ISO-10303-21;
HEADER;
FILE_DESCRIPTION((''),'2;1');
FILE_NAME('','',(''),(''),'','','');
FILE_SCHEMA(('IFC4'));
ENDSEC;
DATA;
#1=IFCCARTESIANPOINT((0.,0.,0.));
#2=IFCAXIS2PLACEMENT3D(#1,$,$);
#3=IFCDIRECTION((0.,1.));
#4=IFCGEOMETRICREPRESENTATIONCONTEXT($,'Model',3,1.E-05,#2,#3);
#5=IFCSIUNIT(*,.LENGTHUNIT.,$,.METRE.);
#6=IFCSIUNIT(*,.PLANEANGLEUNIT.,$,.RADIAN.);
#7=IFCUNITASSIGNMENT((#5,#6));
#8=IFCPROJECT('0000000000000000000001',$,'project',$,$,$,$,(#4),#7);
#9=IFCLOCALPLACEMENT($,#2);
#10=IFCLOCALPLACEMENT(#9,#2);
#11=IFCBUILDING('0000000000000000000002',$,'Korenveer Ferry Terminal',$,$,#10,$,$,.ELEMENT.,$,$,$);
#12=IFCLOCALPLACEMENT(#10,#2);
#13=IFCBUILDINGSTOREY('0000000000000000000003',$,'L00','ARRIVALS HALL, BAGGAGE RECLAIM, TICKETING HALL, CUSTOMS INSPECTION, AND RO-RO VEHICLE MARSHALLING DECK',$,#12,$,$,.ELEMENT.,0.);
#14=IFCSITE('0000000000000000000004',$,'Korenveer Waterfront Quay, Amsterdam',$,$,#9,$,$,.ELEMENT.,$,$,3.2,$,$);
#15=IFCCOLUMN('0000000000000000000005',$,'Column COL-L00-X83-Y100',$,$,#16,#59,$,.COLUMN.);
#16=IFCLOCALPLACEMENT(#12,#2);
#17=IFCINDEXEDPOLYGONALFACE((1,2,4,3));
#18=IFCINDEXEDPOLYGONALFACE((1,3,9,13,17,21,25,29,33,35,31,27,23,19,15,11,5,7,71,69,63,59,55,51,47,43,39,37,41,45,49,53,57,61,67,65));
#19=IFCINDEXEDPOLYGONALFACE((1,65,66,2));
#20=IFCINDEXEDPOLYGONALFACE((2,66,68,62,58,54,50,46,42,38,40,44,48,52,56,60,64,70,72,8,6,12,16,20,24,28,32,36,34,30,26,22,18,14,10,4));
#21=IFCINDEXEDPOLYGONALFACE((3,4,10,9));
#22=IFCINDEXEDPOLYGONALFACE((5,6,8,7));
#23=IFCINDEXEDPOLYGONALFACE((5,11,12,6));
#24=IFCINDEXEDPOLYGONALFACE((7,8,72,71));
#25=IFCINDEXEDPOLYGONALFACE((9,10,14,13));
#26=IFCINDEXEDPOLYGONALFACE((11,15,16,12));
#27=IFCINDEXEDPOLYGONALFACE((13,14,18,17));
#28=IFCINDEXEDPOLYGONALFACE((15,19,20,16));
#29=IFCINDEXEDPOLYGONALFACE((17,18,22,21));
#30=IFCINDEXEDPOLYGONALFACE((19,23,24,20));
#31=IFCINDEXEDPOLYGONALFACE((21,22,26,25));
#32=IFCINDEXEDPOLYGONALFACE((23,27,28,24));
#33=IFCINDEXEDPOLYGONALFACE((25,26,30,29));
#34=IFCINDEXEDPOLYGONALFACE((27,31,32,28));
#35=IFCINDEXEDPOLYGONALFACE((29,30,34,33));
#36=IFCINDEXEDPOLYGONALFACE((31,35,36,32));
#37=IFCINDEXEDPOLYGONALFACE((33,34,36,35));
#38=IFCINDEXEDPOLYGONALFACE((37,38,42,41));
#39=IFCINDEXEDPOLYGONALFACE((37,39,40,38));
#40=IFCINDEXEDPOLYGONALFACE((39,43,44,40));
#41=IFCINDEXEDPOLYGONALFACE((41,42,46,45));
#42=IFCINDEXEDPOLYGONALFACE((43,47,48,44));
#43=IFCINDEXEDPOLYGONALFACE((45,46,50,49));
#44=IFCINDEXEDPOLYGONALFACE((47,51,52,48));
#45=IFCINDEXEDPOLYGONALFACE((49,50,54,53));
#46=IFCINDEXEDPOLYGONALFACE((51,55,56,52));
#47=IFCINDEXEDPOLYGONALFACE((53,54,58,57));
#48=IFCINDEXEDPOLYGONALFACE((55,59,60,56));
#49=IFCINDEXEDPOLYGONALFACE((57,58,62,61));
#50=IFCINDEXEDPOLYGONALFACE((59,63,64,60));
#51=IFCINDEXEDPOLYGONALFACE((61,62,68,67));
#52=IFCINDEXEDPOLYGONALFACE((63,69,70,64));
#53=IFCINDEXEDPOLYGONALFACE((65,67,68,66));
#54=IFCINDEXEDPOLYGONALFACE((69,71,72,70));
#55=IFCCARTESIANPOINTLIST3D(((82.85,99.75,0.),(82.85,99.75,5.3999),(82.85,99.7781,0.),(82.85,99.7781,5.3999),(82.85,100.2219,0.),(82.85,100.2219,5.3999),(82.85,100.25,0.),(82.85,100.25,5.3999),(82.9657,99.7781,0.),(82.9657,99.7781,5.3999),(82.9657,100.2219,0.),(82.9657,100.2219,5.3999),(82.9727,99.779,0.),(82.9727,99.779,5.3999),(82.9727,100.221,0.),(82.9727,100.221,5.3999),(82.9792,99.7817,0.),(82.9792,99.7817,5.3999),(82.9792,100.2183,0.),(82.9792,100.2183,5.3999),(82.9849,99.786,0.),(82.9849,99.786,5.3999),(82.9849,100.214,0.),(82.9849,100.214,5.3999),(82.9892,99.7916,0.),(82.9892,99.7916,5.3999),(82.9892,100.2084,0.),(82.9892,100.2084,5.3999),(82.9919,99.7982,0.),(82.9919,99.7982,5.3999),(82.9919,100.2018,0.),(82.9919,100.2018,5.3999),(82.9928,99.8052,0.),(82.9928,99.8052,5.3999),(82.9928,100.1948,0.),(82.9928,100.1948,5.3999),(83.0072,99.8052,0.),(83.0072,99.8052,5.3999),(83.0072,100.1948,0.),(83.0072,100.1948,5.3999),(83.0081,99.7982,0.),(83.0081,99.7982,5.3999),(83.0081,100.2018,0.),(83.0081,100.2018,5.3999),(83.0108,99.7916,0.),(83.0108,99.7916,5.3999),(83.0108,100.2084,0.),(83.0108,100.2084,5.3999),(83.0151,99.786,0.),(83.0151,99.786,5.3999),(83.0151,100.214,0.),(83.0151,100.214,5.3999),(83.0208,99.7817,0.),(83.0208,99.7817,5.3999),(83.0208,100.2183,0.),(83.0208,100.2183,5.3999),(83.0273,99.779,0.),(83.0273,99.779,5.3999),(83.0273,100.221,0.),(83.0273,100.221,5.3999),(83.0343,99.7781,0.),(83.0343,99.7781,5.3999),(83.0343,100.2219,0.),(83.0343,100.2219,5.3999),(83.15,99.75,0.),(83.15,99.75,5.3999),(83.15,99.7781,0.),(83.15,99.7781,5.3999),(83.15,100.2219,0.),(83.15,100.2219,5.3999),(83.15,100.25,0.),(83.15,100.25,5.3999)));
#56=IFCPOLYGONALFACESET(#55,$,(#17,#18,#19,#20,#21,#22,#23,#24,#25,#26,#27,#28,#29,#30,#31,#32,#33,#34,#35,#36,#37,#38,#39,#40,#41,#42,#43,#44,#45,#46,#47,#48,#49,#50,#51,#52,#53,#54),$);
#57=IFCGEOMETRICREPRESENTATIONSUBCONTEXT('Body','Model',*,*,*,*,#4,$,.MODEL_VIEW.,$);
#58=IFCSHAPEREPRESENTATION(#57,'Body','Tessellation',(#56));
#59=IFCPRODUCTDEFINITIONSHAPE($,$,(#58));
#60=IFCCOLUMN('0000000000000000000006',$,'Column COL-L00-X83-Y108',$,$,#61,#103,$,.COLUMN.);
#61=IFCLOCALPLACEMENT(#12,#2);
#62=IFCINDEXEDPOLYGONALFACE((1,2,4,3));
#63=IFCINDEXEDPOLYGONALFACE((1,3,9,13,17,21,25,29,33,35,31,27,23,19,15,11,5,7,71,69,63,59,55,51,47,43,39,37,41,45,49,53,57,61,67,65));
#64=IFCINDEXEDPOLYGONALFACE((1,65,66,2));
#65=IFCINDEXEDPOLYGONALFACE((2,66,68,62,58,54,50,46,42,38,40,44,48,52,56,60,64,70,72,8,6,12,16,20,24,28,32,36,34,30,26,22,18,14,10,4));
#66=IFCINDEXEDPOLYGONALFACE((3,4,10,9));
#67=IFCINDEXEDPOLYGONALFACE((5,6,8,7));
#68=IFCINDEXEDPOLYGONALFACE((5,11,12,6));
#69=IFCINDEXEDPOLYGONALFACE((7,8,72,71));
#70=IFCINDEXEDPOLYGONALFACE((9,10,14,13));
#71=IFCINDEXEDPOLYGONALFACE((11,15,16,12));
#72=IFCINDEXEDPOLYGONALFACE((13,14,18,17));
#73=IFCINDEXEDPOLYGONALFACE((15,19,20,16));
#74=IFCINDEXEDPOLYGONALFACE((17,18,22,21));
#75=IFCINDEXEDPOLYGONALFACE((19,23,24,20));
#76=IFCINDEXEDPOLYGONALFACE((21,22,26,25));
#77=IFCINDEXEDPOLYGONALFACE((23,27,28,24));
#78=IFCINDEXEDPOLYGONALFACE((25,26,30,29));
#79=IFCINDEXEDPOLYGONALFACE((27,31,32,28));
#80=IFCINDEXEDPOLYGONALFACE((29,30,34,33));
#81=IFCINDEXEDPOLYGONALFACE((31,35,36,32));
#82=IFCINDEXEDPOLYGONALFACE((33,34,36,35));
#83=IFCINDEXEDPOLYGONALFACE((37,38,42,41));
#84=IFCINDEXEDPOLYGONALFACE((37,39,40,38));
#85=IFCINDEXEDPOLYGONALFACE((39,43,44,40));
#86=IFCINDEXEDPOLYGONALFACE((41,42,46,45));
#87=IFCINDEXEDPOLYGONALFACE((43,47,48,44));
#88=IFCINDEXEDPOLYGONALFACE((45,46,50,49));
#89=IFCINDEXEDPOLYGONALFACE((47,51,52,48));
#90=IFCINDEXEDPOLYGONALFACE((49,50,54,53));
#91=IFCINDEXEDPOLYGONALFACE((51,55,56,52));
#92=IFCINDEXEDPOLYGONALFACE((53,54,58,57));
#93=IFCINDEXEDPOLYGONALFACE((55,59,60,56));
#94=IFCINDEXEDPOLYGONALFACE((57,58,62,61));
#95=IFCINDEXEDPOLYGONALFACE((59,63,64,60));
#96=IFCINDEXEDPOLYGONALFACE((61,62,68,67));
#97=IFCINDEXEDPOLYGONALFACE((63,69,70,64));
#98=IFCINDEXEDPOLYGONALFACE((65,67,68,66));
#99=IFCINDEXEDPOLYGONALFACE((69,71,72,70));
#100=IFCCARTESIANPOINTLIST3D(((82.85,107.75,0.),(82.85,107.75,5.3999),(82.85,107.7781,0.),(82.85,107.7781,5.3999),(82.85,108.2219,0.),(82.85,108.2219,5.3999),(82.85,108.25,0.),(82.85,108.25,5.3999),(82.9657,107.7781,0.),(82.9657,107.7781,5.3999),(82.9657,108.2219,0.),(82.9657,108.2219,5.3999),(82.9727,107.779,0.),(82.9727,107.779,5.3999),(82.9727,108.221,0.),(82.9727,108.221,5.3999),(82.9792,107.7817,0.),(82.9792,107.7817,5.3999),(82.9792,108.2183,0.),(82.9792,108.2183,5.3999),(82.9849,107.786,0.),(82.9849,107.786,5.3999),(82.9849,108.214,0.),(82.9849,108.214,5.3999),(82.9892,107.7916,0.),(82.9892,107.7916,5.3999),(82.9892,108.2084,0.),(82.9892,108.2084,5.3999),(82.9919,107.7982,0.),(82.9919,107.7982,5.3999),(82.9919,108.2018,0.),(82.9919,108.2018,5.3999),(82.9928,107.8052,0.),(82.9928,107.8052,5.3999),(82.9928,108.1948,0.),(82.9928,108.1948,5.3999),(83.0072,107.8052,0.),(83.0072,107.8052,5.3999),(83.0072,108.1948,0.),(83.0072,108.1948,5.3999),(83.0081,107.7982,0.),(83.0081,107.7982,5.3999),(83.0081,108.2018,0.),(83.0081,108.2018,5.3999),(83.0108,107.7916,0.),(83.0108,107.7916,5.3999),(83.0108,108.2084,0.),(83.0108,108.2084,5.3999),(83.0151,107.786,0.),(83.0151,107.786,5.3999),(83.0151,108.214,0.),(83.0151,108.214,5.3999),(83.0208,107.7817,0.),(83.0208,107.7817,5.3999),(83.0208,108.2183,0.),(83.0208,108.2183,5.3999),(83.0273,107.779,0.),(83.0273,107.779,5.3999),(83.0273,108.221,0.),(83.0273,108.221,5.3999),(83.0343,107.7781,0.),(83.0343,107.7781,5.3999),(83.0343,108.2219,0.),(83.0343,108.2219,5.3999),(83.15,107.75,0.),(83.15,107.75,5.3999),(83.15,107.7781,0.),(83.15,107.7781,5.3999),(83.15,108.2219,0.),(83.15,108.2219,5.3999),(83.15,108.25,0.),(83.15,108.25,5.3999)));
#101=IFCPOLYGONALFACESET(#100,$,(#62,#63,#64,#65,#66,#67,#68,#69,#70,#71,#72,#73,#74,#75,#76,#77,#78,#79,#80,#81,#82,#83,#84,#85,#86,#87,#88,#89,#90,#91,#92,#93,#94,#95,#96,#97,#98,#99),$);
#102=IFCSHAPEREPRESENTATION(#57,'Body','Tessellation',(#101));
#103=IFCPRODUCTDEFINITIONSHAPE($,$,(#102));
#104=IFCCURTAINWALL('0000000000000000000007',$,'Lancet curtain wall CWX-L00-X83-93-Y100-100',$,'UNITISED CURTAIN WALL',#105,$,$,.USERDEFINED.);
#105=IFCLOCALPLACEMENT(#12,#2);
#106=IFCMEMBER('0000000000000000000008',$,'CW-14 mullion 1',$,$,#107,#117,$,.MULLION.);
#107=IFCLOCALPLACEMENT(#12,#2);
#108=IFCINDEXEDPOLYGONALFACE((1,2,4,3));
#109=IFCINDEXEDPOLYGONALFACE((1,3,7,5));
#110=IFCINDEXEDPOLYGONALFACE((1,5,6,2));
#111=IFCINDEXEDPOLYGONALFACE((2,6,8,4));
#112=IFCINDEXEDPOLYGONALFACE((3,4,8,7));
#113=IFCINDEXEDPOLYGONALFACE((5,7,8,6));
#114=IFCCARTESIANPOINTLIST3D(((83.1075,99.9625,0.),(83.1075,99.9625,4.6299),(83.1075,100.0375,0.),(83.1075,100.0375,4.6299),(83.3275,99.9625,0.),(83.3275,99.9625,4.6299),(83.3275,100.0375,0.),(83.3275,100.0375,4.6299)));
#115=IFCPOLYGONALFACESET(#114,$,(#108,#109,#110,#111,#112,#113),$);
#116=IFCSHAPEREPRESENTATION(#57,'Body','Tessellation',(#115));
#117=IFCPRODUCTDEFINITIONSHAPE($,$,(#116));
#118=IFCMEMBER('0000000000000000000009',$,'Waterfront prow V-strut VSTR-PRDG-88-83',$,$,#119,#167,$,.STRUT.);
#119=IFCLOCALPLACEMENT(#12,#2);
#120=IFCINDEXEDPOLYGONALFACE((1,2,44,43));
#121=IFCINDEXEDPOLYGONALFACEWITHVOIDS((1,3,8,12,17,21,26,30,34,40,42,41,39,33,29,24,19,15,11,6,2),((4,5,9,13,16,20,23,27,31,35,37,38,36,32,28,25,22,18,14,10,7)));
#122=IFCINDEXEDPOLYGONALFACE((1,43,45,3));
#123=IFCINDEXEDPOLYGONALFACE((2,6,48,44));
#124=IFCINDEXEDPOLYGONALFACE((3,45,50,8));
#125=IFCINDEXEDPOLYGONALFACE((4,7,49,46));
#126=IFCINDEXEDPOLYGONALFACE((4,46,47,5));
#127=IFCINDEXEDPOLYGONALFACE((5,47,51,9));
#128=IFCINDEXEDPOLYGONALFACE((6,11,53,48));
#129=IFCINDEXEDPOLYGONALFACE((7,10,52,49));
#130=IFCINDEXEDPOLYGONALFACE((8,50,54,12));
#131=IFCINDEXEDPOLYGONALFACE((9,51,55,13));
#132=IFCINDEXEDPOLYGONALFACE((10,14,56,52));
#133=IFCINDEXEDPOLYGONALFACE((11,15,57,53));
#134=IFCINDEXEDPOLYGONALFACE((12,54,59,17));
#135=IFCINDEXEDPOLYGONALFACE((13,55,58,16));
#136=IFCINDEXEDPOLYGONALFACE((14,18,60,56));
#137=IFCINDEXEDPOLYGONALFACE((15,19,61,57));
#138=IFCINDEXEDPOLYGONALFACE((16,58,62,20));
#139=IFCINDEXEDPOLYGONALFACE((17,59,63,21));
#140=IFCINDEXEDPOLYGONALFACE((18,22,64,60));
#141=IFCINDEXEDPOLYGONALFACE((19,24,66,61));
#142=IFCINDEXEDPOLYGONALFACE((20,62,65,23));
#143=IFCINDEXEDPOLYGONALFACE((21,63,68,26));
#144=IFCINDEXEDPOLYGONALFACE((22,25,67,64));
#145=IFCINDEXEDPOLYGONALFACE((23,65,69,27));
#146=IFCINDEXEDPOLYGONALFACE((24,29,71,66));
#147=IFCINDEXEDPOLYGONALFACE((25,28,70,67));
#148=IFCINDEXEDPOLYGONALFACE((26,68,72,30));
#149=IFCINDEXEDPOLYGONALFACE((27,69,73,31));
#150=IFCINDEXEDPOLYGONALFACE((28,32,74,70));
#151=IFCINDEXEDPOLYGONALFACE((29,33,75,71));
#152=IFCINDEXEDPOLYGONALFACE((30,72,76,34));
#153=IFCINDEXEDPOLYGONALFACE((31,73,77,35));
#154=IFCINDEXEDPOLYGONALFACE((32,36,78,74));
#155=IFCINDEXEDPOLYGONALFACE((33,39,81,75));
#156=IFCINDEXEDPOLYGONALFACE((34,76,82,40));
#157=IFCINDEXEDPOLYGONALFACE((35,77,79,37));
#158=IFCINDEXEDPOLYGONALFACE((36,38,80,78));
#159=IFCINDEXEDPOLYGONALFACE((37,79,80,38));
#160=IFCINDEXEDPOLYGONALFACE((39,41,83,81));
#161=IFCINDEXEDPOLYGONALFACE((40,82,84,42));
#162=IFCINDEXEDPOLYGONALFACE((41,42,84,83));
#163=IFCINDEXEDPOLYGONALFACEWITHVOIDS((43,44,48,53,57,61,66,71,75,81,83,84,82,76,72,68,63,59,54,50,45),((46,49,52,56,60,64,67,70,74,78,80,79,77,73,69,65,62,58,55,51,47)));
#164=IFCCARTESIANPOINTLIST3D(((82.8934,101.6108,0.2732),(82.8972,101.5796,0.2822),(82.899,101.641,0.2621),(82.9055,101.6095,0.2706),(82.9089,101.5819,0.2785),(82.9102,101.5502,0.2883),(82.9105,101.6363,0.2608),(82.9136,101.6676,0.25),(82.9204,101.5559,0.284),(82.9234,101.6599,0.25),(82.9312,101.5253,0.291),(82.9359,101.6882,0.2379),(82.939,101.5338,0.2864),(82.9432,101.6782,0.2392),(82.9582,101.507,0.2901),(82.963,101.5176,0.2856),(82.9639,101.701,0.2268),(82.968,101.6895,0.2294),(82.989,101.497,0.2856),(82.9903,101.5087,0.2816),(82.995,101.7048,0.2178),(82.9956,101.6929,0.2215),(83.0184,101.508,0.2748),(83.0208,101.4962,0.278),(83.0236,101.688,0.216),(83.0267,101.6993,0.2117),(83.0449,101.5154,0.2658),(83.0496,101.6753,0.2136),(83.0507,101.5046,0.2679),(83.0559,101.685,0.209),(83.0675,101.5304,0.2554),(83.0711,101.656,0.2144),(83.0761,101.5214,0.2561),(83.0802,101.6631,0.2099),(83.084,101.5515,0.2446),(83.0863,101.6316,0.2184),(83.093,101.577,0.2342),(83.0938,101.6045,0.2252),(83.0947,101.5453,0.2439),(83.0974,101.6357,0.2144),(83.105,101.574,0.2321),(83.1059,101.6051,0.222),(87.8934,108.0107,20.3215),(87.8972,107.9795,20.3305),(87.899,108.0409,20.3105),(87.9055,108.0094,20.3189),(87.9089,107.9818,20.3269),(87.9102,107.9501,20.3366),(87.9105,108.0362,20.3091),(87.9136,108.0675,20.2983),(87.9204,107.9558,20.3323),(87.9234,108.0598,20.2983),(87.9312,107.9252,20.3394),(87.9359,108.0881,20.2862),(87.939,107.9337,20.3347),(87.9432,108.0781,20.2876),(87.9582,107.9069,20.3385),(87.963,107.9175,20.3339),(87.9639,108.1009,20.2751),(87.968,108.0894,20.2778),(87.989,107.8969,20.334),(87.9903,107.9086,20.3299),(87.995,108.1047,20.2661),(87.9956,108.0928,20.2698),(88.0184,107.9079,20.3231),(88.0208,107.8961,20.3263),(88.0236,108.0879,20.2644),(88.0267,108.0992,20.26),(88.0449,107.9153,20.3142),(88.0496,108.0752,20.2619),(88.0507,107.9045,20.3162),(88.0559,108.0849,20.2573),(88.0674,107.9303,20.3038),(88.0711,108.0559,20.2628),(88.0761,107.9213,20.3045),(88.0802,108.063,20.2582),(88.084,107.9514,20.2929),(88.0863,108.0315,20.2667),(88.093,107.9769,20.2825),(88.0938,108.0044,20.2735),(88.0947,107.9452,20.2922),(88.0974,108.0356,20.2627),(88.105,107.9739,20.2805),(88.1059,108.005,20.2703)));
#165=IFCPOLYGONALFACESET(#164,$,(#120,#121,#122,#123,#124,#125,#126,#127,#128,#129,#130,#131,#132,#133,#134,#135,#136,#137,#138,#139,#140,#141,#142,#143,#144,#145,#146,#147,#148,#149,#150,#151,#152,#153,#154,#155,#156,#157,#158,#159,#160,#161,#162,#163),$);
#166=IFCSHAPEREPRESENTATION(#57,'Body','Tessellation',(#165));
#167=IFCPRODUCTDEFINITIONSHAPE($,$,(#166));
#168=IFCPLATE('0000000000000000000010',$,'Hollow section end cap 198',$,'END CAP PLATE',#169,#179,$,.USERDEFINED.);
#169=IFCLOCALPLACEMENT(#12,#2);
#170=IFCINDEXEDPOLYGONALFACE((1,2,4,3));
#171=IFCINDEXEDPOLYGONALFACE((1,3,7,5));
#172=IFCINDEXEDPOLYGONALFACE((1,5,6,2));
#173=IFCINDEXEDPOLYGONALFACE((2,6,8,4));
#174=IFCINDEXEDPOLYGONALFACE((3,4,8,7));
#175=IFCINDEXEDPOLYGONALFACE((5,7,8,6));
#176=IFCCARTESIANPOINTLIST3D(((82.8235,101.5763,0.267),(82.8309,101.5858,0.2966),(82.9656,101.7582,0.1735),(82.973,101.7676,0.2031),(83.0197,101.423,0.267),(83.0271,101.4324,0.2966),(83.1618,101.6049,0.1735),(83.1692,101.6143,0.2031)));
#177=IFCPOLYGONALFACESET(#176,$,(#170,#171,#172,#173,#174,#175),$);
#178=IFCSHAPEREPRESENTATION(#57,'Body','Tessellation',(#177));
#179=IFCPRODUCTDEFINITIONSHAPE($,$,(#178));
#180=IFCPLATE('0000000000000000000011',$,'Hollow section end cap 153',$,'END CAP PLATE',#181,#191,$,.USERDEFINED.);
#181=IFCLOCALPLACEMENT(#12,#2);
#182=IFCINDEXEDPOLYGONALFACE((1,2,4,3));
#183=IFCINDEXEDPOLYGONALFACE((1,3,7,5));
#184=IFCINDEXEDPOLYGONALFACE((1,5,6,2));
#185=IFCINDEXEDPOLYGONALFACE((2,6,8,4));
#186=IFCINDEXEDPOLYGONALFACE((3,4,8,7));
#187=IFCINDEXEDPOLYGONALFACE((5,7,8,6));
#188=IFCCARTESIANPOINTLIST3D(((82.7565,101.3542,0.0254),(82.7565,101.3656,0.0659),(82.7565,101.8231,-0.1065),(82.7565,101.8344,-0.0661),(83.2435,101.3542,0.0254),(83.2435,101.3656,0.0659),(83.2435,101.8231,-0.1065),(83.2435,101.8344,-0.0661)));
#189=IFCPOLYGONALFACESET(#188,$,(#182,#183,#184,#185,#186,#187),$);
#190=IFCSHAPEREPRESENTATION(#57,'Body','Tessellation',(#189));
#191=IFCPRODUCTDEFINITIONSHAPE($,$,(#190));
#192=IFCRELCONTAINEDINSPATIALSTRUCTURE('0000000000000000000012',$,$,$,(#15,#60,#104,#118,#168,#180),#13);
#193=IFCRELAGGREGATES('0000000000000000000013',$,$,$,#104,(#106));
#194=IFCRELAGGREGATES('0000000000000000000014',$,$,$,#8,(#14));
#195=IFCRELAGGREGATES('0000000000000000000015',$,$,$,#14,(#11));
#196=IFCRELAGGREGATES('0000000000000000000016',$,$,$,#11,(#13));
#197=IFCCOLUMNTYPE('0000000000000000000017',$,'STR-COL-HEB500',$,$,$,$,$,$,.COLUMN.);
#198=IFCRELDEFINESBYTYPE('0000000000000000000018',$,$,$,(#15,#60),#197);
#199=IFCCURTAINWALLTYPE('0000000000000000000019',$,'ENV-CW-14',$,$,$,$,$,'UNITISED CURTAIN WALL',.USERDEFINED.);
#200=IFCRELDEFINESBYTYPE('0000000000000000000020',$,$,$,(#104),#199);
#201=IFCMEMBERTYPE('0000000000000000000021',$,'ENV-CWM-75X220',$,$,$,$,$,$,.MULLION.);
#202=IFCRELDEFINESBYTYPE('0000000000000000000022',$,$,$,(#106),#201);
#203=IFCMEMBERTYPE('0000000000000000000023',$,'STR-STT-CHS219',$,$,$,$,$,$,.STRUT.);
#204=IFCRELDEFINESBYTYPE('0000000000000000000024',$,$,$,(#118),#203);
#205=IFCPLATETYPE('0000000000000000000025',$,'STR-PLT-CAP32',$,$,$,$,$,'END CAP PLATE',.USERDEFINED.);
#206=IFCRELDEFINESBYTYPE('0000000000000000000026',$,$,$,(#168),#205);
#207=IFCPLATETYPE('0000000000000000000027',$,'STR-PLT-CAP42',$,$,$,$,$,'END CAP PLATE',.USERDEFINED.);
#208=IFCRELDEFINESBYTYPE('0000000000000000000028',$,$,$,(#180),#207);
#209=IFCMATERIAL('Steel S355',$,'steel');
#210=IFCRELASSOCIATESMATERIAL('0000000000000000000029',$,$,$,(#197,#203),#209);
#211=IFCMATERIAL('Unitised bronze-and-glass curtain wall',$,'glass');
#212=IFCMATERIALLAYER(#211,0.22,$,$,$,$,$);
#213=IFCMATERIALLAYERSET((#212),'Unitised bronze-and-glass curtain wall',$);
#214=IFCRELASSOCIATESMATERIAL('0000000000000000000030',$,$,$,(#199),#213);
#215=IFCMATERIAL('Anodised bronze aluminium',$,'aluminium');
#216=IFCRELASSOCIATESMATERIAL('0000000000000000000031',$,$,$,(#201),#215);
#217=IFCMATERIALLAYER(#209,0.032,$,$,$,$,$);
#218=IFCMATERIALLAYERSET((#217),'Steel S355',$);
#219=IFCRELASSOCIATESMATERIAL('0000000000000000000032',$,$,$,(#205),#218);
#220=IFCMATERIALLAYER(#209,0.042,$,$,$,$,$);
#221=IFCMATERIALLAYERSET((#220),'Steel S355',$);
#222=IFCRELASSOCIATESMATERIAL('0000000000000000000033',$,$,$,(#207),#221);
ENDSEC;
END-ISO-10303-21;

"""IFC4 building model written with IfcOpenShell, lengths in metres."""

from ifc_helpers import new_model, si_unit, direction, frame, origin, origin_2d, place, context, subcontext, project, spatial, rectangle, hollow_circle, i_section, extrude, material, layer, layer_set, material_profile, profile_set, type_object, element, aggregate, save


model = new_model("IFC4")

# Units and contexts
model_context = context("Model", 3, precision=1e-05, world=origin(), true_north=direction((0.0, 1.0)))
body_context = subcontext(model_context, "Body", "Model", "MODEL_VIEW")
ifc_project = project(units=[si_unit("LENGTHUNIT", "METRE"), si_unit("PLANEANGLEUNIT", "RADIAN")], contexts=[model_context])

# Site, building, storey
site_placement = place(None, origin())
site = spatial("IfcSite", under=ifc_project, at=site_placement, Name="Korenveer Waterfront Quay, Amsterdam", CompositionType="ELEMENT", RefElevation=3.2)
building_placement = place(site_placement, origin())
building = spatial("IfcBuilding", under=site, at=building_placement, Name="Korenveer Ferry Terminal", CompositionType="ELEMENT")
storey_placement = place(building_placement, origin())
storey = spatial("IfcBuildingStorey", under=building, at=storey_placement, Name="L00", Description="ARRIVALS HALL, BAGGAGE RECLAIM, TICKETING HALL, CUSTOMS INSPECTION, AND RO-RO VEHICLE MARSHALLING DECK", CompositionType="ELEMENT", Elevation=0.0)

# Columns
ifc_material_1 = material(Name="Steel S355", Category="steel")
ifc_material_profile_1 = material_profile(ifc_material_1, i_section(OverallWidth=0.3, OverallDepth=0.5, WebThickness=0.0144, FlangeThickness=0.0281, FilletRadius=0.0271, at=origin_2d()), Name="HEB 500")
ifc_profile_set_1 = profile_set([ifc_material_profile_1], Name="Steel S355")
column_type_1 = type_object("IfcColumnType", Name="STR-COL-HEB500", PredefinedType="COLUMN", material=ifc_profile_set_1)
for number, where, z_axis, x_axis, name in (
    (1, (83.0, 100.0, 0.0), (0.0, 0.0, 1.0), (1.0, 0.0, 0.0), "Column COL-L00-X83-Y100"),
    (2, (83.0, 108.0, 0.0), (0.0, 0.0, 1.0), (1.0, 0.0, 0.0), "Column COL-L00-X83-Y108"),
):
    element("IfcColumn", number, at=place(storey_placement, frame(where, z_axis=z_axis, x_axis=x_axis)), inside=storey, type_object=column_type_1, Name=name, PredefinedType="COLUMN", context=body_context, shape_type="SweptSolid", body=[
        extrude(i_section(OverallWidth=0.3, OverallDepth=0.5, WebThickness=0.0144, FlangeThickness=0.0281, FilletRadius=0.0271, at=origin_2d()), origin(), (0.0, 0.0, 1.0), 5.3999),
    ])

# Curtain wall, member
ifc_material_2 = material(Name="Unitised bronze-and-glass curtain wall", Category="glass")
ifc_layer_1 = layer(ifc_material_2, 0.22)
ifc_layer_set_1 = layer_set([ifc_layer_1], Name="Unitised bronze-and-glass curtain wall")
curtain_wall_type = type_object("IfcCurtainWallType", Name="ENV-CW-14", ElementType="UNITISED CURTAIN WALL", PredefinedType="USERDEFINED", material=ifc_layer_set_1)
curtain_wall_placement = place(storey_placement, frame((83.1799, 100.0, 0.0)))
curtain_wall = element("IfcCurtainWall", 3, at=curtain_wall_placement, inside=storey, type_object=curtain_wall_type, Name="Lancet curtain wall CWX-L00-X83-93-Y100-100", ObjectType="UNITISED CURTAIN WALL", PredefinedType="USERDEFINED")
ifc_material_3 = material(Name="Anodised bronze aluminium", Category="aluminium")
ifc_material_profile_2 = material_profile(ifc_material_3, rectangle(XDim=0.075, YDim=0.22, at=origin_2d()), Name="ALU 75x220")
ifc_profile_set_2 = profile_set([ifc_material_profile_2], Name="Anodised bronze aluminium")
member_type_1 = type_object("IfcMemberType", Name="ENV-CWM-75X220", PredefinedType="MULLION", material=ifc_profile_set_2)
member_1_placement = place(storey_placement, frame((83.2175, 100.0, 0.0), z_axis=(0.0, 0.0, 1.0), x_axis=(0.0, 1.0, 0.0)))
member_1 = element("IfcMember", 4, at=member_1_placement, type_object=member_type_1, Name="CW-14 mullion 1", PredefinedType="MULLION", context=body_context, shape_type="SweptSolid", body=[
    extrude(rectangle(XDim=0.075, YDim=0.22, at=origin_2d()), origin(), (0.0, 0.0, 1.0), 4.6299),
])
aggregate(curtain_wall, [member_1])

# Member
ifc_material_profile_3 = material_profile(ifc_material_1, hollow_circle(Radius=0.1096, WallThickness=0.0125, at=origin_2d()), Name="CHS 219.1x12.5")
ifc_profile_set_3 = profile_set([ifc_material_profile_3], Name="Steel S355")
member_type_2 = type_object("IfcMemberType", Name="STR-STT-CHS219", PredefinedType="STRUT", material=ifc_profile_set_3)
member_2_placement = place(storey_placement, frame((83.0, 101.6001, 0.25), z_axis=(0.231151, 0.295869, 0.926839), x_axis=(-0.78802, 0.61565, 0.0)))
element("IfcMember", 5, at=member_2_placement, inside=storey, type_object=member_type_2, Name="Waterfront prow V-strut VSTR-PRDG-88-83", PredefinedType="STRUT", context=body_context, shape_type="SweptSolid", body=[
    extrude(hollow_circle(Radius=0.1096, WallThickness=0.0125, at=origin_2d()), origin(), (0.0, 0.0, 1.0), 21.6309),
])

# Plates
ifc_layer_2 = layer(ifc_material_1, 0.032)
ifc_layer_set_2 = layer_set([ifc_layer_2], Name="Steel S355")
plate_type_1 = type_object("IfcPlateType", Name="STR-PLT-CAP32", ElementType="END CAP PLATE", PredefinedType="USERDEFINED", material=ifc_layer_set_2)
plate_1_placement = place(storey_placement, frame((82.9927, 101.5906, 0.2202), z_axis=(0.231151, 0.295873, 0.926838), x_axis=(-0.788024, 0.615644, 0.0)))
element("IfcPlate", 6, at=plate_1_placement, inside=storey, type_object=plate_type_1, Name="Hollow section end cap 198", ObjectType="END CAP PLATE", PredefinedType="USERDEFINED", context=body_context, shape_type="SweptSolid", body=[
    extrude(rectangle(XDim=0.249, YDim=0.249, at=origin_2d()), origin(), (0.0, 0.0, 1.0), 0.032),
])
ifc_layer_3 = layer(ifc_material_1, 0.042)
ifc_layer_set_3 = layer_set([ifc_layer_3], Name="Steel S355")
plate_type_2 = type_object("IfcPlateType", Name="STR-PLT-CAP42", ElementType="END CAP PLATE", PredefinedType="USERDEFINED", material=ifc_layer_set_3)
plate_2_placement = place(storey_placement, frame((83.0, 101.5886, -0.0405), z_axis=(0.0, 0.270842, 0.962624), x_axis=(-1.0, 0.0, 0.0)))
element("IfcPlate", 7, at=plate_2_placement, inside=storey, type_object=plate_type_2, Name="Hollow section end cap 153", ObjectType="END CAP PLATE", PredefinedType="USERDEFINED", context=body_context, shape_type="SweptSolid", body=[
    extrude(rectangle(XDim=0.4871, YDim=0.4871, at=origin_2d()), origin(), (0.0, 0.0, 1.0), 0.042),
])

save(model, "model.ifc")
